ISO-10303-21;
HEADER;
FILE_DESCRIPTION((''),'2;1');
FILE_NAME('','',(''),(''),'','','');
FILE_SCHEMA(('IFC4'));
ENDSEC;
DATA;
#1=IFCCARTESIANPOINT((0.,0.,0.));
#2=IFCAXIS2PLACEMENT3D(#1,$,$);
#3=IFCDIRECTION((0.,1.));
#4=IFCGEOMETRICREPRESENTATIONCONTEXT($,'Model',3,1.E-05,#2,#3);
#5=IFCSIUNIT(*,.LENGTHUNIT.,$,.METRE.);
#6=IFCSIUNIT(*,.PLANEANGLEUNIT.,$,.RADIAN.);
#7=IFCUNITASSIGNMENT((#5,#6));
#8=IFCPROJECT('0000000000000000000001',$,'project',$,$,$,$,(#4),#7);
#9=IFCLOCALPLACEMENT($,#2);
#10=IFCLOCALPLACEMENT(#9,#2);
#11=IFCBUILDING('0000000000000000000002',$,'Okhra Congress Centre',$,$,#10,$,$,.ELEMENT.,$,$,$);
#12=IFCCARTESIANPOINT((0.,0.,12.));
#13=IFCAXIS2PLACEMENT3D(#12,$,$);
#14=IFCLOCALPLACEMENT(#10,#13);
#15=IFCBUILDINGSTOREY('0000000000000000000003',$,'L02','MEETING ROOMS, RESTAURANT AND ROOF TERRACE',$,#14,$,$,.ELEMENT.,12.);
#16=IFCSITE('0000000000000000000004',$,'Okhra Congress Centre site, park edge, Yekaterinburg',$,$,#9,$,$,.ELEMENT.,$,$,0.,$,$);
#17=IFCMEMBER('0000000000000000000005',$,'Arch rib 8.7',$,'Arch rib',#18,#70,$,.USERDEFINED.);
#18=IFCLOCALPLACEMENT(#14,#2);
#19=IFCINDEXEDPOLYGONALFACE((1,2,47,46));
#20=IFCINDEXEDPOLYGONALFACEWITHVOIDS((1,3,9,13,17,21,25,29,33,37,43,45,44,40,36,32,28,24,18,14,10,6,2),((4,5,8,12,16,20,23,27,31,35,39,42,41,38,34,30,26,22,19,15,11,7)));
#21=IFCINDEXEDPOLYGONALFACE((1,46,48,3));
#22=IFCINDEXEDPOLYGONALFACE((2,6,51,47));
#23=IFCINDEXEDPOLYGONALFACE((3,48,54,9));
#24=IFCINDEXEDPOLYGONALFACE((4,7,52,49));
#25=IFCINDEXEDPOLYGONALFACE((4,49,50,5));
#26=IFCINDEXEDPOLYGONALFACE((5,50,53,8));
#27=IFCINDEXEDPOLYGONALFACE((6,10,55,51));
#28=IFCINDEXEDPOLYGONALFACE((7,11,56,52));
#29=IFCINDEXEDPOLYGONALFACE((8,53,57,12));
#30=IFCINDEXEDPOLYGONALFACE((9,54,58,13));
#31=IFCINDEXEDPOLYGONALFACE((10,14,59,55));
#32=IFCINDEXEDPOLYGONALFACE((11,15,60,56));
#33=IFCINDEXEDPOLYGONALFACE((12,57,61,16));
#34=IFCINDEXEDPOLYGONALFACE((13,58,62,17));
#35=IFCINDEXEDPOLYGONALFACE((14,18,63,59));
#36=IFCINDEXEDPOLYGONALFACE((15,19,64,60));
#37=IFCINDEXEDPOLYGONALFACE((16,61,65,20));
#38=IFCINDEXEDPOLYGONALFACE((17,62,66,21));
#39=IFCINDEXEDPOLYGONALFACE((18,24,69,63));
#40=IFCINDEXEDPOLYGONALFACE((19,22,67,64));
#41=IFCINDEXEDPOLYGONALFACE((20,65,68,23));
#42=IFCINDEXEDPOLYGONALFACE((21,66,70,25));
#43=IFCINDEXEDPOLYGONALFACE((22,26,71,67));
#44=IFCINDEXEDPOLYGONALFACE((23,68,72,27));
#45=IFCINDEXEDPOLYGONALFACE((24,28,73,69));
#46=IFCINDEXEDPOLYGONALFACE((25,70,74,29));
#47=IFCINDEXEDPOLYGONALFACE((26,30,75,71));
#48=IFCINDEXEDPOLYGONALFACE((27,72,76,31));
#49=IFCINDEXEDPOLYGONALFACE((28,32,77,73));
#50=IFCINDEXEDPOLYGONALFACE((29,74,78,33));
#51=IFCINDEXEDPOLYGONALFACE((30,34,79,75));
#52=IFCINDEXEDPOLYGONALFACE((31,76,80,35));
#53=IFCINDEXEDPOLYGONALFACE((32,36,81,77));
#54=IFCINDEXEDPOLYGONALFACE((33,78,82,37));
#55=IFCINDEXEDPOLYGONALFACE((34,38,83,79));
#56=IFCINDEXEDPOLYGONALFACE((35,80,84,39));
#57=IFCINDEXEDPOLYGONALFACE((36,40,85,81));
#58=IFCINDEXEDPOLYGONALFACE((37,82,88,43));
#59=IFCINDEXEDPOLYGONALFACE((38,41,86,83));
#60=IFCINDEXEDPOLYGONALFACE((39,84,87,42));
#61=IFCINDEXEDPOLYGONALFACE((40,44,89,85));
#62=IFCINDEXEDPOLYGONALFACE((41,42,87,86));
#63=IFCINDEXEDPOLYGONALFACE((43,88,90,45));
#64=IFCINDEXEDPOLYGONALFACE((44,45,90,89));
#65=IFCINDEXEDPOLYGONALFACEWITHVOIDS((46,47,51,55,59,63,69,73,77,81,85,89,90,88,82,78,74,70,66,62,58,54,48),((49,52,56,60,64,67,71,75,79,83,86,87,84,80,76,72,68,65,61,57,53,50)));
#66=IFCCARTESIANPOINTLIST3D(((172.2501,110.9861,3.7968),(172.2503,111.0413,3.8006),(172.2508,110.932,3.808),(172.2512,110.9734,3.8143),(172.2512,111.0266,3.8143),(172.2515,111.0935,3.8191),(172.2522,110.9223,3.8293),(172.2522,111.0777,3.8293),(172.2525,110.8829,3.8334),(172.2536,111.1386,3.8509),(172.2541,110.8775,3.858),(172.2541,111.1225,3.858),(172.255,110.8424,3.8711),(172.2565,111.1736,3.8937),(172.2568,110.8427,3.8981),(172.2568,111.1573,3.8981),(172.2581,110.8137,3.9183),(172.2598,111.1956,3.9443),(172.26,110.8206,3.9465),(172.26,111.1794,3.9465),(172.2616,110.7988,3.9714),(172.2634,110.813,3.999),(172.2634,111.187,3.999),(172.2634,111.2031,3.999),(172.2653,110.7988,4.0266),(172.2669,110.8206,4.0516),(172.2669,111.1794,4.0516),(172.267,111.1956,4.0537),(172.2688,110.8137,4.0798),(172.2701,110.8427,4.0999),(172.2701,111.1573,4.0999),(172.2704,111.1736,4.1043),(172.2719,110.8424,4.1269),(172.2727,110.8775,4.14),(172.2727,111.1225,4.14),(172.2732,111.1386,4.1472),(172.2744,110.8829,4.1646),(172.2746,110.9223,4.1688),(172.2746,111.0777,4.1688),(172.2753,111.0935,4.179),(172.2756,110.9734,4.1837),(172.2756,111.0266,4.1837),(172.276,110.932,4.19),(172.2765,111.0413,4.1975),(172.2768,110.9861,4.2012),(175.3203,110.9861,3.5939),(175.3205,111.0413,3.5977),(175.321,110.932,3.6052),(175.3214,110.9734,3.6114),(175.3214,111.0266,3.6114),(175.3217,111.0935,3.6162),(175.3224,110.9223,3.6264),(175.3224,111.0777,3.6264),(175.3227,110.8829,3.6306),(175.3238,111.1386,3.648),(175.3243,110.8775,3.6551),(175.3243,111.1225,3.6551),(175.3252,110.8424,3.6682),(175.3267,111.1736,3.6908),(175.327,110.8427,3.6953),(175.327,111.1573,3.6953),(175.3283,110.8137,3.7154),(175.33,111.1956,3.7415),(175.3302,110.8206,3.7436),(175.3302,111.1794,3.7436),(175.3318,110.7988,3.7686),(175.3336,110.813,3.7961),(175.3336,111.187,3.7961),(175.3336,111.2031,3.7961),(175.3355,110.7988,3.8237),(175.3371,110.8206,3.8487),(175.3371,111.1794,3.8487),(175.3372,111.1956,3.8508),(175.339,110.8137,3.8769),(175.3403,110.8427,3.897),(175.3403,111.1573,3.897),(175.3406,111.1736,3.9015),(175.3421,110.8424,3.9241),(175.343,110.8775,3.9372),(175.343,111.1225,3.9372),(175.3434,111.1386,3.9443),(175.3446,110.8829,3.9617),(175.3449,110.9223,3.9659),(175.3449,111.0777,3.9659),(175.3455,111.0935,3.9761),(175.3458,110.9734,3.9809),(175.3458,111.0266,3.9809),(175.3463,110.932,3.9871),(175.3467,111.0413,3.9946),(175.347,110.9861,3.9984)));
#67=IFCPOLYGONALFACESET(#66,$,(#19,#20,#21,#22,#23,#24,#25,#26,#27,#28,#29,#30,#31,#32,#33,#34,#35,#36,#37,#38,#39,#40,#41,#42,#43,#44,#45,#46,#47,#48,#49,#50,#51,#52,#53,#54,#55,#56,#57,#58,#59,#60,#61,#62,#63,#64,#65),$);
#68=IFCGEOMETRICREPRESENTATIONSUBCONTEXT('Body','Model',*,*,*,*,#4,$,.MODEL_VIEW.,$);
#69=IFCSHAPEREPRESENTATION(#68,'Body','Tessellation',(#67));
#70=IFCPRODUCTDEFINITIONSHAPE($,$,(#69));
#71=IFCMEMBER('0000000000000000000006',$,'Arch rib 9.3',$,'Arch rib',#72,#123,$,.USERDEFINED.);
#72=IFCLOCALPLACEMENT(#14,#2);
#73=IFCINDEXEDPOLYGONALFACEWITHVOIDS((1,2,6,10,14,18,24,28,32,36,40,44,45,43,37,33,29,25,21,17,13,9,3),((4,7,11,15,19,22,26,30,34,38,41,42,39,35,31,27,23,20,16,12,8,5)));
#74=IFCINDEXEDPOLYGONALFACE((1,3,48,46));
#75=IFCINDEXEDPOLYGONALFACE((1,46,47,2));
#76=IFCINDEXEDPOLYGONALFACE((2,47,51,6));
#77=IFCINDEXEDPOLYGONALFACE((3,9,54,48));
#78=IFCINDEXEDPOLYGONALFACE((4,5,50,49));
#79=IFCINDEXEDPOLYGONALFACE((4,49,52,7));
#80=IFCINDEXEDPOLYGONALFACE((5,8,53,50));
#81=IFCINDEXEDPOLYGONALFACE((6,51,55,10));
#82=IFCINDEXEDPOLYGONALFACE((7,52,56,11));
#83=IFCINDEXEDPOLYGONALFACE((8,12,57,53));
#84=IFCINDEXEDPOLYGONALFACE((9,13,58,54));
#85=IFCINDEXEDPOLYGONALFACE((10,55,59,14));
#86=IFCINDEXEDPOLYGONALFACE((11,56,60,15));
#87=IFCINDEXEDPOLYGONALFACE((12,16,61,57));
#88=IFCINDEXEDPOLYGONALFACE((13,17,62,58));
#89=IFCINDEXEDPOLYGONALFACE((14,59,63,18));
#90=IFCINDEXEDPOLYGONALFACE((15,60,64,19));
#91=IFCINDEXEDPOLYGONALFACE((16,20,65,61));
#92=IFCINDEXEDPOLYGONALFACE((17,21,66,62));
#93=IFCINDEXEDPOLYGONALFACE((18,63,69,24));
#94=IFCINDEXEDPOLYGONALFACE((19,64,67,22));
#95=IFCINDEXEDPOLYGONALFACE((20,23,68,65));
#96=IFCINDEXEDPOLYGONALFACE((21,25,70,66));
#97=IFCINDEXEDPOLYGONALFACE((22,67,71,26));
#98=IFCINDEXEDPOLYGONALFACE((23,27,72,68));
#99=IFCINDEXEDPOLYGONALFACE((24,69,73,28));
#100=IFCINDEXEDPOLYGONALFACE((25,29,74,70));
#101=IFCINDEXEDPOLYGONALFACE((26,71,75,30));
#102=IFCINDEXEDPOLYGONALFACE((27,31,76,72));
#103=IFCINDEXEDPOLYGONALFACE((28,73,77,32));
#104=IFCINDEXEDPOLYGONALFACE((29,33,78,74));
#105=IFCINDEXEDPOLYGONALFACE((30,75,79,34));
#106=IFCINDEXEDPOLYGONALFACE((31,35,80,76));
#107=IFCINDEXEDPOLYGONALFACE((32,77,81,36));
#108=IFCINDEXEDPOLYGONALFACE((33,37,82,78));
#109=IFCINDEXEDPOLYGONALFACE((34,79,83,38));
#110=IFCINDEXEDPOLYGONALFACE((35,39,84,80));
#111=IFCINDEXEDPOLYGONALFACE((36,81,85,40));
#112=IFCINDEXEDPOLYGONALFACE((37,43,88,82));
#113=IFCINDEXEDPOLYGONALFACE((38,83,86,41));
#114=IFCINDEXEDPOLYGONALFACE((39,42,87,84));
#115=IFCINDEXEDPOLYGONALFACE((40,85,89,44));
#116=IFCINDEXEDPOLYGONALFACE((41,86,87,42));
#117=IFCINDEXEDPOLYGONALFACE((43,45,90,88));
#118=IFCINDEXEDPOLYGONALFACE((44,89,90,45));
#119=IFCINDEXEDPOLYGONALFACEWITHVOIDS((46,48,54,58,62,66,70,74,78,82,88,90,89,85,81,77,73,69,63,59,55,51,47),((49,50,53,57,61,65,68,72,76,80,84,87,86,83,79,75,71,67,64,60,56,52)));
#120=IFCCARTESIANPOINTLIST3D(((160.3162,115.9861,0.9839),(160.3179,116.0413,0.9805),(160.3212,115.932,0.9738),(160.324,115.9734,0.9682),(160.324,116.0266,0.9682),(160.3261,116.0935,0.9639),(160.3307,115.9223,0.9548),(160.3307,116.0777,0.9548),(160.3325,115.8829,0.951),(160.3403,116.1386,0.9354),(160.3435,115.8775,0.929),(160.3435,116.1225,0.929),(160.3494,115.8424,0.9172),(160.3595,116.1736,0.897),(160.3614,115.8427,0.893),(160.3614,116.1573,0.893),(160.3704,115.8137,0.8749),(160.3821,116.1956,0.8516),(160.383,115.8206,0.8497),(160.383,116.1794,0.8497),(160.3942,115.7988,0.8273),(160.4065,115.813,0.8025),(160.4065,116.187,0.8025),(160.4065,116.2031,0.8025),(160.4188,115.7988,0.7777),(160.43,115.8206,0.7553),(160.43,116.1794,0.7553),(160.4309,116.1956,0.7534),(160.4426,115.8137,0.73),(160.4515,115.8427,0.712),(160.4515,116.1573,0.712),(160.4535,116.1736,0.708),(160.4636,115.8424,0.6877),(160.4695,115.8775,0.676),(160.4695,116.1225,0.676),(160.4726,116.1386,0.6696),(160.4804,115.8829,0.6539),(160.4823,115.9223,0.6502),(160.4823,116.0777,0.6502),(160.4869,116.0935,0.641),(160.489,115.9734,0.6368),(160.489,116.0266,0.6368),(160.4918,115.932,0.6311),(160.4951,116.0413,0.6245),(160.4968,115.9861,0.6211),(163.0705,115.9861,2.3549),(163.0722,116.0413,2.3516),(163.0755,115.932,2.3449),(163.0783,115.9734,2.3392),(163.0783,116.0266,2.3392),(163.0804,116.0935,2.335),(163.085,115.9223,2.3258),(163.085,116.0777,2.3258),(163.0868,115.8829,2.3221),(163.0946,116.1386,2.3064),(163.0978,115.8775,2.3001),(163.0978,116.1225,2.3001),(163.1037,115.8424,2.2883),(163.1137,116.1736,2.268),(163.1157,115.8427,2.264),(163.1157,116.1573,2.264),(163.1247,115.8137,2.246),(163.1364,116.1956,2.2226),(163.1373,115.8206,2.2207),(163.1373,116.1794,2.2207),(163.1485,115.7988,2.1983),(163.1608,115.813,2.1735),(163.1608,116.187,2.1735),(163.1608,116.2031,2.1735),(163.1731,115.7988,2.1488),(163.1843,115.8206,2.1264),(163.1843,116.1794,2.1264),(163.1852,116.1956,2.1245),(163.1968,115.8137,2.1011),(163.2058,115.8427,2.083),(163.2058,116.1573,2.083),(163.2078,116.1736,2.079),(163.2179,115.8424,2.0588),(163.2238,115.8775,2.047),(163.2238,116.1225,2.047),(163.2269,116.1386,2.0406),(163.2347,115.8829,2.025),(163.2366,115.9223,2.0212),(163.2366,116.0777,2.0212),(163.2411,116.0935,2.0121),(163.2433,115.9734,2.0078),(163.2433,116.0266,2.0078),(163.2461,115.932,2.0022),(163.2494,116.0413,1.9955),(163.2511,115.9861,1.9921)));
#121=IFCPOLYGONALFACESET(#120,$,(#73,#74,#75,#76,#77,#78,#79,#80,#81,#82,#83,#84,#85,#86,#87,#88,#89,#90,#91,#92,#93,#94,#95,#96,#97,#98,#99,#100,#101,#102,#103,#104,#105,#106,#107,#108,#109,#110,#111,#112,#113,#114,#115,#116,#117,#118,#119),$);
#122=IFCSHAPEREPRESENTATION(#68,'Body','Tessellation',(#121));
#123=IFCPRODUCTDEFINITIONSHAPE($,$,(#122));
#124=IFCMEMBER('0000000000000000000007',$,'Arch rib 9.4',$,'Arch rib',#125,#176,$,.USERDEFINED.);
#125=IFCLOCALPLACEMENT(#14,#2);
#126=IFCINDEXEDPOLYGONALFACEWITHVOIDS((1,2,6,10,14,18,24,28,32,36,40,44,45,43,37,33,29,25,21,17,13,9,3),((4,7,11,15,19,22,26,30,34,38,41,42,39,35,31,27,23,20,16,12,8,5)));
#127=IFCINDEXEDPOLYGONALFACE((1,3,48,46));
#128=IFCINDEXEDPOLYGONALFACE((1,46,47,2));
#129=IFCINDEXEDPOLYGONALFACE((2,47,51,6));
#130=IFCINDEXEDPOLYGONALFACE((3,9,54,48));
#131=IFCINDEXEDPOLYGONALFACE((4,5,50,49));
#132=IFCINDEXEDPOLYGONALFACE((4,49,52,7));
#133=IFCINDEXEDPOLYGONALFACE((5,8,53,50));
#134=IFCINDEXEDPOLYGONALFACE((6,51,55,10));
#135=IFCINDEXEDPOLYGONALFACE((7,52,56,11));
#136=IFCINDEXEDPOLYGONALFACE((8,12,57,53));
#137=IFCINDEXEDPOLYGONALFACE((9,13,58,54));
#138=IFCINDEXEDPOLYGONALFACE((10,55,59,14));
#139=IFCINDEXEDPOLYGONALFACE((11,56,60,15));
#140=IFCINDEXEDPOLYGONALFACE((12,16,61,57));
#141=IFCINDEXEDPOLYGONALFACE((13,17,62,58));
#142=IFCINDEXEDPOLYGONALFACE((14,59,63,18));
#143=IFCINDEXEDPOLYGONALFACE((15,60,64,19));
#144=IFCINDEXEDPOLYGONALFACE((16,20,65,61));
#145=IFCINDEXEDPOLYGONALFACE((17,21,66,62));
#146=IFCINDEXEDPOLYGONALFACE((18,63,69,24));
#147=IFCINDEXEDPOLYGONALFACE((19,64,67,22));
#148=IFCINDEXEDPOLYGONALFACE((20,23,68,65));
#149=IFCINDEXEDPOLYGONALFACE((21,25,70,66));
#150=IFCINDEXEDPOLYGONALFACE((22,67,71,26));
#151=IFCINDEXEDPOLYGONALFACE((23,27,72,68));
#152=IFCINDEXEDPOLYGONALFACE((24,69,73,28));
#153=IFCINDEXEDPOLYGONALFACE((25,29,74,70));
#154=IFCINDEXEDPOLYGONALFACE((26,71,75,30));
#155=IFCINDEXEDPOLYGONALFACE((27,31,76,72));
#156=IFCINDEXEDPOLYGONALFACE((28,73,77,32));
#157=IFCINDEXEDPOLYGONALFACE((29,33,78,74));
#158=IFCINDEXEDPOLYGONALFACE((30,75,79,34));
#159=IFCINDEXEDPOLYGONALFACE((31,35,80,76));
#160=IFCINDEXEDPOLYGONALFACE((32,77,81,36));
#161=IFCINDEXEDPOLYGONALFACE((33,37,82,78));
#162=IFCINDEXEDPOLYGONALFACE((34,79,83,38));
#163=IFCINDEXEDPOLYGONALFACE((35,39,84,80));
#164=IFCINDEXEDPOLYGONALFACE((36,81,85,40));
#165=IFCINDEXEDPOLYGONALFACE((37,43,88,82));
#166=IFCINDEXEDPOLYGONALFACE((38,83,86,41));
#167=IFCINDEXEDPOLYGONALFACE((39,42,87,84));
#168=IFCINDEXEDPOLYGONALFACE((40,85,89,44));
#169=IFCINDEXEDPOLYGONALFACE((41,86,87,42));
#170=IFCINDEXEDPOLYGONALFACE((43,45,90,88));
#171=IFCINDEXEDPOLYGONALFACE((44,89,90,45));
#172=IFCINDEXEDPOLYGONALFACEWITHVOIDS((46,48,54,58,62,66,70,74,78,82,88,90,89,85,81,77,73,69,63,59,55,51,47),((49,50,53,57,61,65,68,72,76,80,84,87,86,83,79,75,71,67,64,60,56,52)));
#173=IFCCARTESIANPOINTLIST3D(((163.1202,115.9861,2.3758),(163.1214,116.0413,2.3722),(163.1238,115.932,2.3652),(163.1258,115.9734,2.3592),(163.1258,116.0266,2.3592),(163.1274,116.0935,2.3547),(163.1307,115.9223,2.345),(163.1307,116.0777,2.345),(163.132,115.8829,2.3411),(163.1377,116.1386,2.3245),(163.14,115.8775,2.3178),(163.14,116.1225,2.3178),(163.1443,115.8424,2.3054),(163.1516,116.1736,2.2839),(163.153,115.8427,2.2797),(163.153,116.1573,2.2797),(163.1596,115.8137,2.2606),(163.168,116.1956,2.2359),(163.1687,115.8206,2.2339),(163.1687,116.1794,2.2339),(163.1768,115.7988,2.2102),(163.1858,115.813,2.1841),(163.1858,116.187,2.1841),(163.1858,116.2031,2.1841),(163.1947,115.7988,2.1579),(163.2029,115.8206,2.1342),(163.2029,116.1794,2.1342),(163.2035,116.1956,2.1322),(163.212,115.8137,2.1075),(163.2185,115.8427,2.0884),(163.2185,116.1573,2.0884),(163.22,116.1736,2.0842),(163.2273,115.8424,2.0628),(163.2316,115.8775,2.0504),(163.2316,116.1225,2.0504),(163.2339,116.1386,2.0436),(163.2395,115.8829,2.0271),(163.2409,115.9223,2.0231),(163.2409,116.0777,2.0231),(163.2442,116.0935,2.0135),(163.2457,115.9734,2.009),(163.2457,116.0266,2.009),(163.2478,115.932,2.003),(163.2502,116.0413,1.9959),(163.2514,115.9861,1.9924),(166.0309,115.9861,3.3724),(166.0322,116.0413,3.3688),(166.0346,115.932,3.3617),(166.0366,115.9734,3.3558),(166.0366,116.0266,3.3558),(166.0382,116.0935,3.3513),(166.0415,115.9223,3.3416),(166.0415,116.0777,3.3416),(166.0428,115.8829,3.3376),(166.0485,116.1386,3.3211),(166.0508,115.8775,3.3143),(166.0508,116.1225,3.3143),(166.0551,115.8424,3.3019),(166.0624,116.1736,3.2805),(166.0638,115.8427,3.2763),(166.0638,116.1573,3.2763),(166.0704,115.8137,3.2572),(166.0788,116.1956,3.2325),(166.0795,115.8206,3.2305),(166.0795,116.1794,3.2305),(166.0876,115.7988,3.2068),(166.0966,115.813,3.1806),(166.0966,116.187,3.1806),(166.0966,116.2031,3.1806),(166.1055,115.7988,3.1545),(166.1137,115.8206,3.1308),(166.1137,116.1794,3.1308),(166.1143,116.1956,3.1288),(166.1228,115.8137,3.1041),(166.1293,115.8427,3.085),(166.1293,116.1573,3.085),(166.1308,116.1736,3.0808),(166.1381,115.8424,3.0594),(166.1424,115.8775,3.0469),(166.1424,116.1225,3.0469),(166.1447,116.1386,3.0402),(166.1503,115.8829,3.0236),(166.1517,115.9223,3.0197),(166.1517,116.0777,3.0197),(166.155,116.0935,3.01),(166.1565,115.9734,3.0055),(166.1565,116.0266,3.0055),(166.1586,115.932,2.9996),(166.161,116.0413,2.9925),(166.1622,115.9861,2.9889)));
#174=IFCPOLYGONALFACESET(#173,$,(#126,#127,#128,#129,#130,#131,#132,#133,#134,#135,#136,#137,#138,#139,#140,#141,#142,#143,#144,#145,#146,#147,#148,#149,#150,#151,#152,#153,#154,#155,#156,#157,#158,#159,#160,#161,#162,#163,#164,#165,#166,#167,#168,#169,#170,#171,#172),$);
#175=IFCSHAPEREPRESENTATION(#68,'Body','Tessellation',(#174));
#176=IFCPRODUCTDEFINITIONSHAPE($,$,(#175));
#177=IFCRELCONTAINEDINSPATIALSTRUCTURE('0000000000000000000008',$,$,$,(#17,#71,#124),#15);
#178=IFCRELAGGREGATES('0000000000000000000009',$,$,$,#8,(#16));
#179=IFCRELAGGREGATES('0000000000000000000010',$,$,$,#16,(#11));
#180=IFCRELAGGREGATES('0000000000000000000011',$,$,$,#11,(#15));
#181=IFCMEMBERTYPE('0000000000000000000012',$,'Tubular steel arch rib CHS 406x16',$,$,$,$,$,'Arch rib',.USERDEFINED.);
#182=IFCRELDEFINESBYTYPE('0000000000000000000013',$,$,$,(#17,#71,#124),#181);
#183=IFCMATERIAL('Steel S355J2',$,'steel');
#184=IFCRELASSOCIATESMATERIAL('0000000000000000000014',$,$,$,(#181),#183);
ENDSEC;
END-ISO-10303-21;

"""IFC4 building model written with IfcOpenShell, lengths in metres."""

from ifc_helpers import new_model, si_unit, direction, frame, origin, origin_2d, place, context, subcontext, project, spatial, hollow_circle, extrude, material, material_profile, profile_set, type_object, element, save


model = new_model("IFC4")

# Units and contexts
model_context = context("Model", 3, precision=1e-05, world=origin(), true_north=direction((0.0, 1.0)))
body_context = subcontext(model_context, "Body", "Model", "MODEL_VIEW")
ifc_project = project(units=[si_unit("LENGTHUNIT", "METRE"), si_unit("PLANEANGLEUNIT", "RADIAN")], contexts=[model_context])

# Site, building, storey
site_placement = place(None, origin())
site = spatial("IfcSite", under=ifc_project, at=site_placement, Name="Okhra Congress Centre site, park edge, Yekaterinburg", CompositionType="ELEMENT", RefElevation=0.0)
building_placement = place(site_placement, origin())
building = spatial("IfcBuilding", under=site, at=building_placement, Name="Okhra Congress Centre", CompositionType="ELEMENT")
storey_placement = place(building_placement, frame((0.0, 0.0, 12.0)))
storey = spatial("IfcBuildingStorey", under=building, at=storey_placement, Name="L02", Description="MEETING ROOMS, RESTAURANT AND ROOF TERRACE", CompositionType="ELEMENT", Elevation=12.0)

# Members
ifc_material_1 = material(Name="Steel S355J2", Category="steel")
ifc_material_profile_1 = material_profile(ifc_material_1, hollow_circle(Radius=0.2031, WallThickness=0.0161, at=origin_2d()), Name="CHS 406.4x16")
ifc_profile_set_1 = profile_set([ifc_material_profile_1], Name="Steel S355J2")
member_type_1 = type_object("IfcMemberType", Name="Tubular steel arch rib CHS 406x16", ElementType="Arch rib", PredefinedType="USERDEFINED", material=ifc_profile_set_1)
for number, where, z_axis, x_axis, name in (
    (1, (172.2634, 111.0, 3.999), (0.997824, 0.0, -0.065934), (0.0, 1.0, 0.0), "Arch rib 8.7"),
):
    element("IfcMember", number, at=place(storey_placement, frame(where, z_axis=z_axis, x_axis=x_axis)), inside=storey, type_object=member_type_1, Name=name, ObjectType="Arch rib", PredefinedType="USERDEFINED", context=body_context, shape_type="SweptSolid", body=[
        extrude(hollow_circle(Radius=0.2031, WallThickness=0.0161, at=origin_2d()), origin(), (0.0, 0.0, 1.0), 3.0769),
    ])
for number, where, z_axis, x_axis, name in (
    (2, (160.4065, 116.0, 0.8025), (0.895219, 0.0, 0.445626), (0.0, 1.0, 0.0), "Arch rib 9.3"),
    (3, (163.1858, 116.0, 2.1841), (0.946089, 0.0, 0.323906), (0.0, 1.0, 0.0), "Arch rib 9.4"),
):
    element("IfcMember", number, at=place(storey_placement, frame(where, z_axis=z_axis, x_axis=x_axis)), inside=storey, type_object=member_type_1, Name=name, ObjectType="Arch rib", PredefinedType="USERDEFINED", context=body_context, shape_type="SweptSolid", body=[
        extrude(hollow_circle(Radius=0.2031, WallThickness=0.0161, at=origin_2d()), origin(), (0.0, 0.0, 1.0), 3.0767),
    ])

save(model, "model.ifc")
